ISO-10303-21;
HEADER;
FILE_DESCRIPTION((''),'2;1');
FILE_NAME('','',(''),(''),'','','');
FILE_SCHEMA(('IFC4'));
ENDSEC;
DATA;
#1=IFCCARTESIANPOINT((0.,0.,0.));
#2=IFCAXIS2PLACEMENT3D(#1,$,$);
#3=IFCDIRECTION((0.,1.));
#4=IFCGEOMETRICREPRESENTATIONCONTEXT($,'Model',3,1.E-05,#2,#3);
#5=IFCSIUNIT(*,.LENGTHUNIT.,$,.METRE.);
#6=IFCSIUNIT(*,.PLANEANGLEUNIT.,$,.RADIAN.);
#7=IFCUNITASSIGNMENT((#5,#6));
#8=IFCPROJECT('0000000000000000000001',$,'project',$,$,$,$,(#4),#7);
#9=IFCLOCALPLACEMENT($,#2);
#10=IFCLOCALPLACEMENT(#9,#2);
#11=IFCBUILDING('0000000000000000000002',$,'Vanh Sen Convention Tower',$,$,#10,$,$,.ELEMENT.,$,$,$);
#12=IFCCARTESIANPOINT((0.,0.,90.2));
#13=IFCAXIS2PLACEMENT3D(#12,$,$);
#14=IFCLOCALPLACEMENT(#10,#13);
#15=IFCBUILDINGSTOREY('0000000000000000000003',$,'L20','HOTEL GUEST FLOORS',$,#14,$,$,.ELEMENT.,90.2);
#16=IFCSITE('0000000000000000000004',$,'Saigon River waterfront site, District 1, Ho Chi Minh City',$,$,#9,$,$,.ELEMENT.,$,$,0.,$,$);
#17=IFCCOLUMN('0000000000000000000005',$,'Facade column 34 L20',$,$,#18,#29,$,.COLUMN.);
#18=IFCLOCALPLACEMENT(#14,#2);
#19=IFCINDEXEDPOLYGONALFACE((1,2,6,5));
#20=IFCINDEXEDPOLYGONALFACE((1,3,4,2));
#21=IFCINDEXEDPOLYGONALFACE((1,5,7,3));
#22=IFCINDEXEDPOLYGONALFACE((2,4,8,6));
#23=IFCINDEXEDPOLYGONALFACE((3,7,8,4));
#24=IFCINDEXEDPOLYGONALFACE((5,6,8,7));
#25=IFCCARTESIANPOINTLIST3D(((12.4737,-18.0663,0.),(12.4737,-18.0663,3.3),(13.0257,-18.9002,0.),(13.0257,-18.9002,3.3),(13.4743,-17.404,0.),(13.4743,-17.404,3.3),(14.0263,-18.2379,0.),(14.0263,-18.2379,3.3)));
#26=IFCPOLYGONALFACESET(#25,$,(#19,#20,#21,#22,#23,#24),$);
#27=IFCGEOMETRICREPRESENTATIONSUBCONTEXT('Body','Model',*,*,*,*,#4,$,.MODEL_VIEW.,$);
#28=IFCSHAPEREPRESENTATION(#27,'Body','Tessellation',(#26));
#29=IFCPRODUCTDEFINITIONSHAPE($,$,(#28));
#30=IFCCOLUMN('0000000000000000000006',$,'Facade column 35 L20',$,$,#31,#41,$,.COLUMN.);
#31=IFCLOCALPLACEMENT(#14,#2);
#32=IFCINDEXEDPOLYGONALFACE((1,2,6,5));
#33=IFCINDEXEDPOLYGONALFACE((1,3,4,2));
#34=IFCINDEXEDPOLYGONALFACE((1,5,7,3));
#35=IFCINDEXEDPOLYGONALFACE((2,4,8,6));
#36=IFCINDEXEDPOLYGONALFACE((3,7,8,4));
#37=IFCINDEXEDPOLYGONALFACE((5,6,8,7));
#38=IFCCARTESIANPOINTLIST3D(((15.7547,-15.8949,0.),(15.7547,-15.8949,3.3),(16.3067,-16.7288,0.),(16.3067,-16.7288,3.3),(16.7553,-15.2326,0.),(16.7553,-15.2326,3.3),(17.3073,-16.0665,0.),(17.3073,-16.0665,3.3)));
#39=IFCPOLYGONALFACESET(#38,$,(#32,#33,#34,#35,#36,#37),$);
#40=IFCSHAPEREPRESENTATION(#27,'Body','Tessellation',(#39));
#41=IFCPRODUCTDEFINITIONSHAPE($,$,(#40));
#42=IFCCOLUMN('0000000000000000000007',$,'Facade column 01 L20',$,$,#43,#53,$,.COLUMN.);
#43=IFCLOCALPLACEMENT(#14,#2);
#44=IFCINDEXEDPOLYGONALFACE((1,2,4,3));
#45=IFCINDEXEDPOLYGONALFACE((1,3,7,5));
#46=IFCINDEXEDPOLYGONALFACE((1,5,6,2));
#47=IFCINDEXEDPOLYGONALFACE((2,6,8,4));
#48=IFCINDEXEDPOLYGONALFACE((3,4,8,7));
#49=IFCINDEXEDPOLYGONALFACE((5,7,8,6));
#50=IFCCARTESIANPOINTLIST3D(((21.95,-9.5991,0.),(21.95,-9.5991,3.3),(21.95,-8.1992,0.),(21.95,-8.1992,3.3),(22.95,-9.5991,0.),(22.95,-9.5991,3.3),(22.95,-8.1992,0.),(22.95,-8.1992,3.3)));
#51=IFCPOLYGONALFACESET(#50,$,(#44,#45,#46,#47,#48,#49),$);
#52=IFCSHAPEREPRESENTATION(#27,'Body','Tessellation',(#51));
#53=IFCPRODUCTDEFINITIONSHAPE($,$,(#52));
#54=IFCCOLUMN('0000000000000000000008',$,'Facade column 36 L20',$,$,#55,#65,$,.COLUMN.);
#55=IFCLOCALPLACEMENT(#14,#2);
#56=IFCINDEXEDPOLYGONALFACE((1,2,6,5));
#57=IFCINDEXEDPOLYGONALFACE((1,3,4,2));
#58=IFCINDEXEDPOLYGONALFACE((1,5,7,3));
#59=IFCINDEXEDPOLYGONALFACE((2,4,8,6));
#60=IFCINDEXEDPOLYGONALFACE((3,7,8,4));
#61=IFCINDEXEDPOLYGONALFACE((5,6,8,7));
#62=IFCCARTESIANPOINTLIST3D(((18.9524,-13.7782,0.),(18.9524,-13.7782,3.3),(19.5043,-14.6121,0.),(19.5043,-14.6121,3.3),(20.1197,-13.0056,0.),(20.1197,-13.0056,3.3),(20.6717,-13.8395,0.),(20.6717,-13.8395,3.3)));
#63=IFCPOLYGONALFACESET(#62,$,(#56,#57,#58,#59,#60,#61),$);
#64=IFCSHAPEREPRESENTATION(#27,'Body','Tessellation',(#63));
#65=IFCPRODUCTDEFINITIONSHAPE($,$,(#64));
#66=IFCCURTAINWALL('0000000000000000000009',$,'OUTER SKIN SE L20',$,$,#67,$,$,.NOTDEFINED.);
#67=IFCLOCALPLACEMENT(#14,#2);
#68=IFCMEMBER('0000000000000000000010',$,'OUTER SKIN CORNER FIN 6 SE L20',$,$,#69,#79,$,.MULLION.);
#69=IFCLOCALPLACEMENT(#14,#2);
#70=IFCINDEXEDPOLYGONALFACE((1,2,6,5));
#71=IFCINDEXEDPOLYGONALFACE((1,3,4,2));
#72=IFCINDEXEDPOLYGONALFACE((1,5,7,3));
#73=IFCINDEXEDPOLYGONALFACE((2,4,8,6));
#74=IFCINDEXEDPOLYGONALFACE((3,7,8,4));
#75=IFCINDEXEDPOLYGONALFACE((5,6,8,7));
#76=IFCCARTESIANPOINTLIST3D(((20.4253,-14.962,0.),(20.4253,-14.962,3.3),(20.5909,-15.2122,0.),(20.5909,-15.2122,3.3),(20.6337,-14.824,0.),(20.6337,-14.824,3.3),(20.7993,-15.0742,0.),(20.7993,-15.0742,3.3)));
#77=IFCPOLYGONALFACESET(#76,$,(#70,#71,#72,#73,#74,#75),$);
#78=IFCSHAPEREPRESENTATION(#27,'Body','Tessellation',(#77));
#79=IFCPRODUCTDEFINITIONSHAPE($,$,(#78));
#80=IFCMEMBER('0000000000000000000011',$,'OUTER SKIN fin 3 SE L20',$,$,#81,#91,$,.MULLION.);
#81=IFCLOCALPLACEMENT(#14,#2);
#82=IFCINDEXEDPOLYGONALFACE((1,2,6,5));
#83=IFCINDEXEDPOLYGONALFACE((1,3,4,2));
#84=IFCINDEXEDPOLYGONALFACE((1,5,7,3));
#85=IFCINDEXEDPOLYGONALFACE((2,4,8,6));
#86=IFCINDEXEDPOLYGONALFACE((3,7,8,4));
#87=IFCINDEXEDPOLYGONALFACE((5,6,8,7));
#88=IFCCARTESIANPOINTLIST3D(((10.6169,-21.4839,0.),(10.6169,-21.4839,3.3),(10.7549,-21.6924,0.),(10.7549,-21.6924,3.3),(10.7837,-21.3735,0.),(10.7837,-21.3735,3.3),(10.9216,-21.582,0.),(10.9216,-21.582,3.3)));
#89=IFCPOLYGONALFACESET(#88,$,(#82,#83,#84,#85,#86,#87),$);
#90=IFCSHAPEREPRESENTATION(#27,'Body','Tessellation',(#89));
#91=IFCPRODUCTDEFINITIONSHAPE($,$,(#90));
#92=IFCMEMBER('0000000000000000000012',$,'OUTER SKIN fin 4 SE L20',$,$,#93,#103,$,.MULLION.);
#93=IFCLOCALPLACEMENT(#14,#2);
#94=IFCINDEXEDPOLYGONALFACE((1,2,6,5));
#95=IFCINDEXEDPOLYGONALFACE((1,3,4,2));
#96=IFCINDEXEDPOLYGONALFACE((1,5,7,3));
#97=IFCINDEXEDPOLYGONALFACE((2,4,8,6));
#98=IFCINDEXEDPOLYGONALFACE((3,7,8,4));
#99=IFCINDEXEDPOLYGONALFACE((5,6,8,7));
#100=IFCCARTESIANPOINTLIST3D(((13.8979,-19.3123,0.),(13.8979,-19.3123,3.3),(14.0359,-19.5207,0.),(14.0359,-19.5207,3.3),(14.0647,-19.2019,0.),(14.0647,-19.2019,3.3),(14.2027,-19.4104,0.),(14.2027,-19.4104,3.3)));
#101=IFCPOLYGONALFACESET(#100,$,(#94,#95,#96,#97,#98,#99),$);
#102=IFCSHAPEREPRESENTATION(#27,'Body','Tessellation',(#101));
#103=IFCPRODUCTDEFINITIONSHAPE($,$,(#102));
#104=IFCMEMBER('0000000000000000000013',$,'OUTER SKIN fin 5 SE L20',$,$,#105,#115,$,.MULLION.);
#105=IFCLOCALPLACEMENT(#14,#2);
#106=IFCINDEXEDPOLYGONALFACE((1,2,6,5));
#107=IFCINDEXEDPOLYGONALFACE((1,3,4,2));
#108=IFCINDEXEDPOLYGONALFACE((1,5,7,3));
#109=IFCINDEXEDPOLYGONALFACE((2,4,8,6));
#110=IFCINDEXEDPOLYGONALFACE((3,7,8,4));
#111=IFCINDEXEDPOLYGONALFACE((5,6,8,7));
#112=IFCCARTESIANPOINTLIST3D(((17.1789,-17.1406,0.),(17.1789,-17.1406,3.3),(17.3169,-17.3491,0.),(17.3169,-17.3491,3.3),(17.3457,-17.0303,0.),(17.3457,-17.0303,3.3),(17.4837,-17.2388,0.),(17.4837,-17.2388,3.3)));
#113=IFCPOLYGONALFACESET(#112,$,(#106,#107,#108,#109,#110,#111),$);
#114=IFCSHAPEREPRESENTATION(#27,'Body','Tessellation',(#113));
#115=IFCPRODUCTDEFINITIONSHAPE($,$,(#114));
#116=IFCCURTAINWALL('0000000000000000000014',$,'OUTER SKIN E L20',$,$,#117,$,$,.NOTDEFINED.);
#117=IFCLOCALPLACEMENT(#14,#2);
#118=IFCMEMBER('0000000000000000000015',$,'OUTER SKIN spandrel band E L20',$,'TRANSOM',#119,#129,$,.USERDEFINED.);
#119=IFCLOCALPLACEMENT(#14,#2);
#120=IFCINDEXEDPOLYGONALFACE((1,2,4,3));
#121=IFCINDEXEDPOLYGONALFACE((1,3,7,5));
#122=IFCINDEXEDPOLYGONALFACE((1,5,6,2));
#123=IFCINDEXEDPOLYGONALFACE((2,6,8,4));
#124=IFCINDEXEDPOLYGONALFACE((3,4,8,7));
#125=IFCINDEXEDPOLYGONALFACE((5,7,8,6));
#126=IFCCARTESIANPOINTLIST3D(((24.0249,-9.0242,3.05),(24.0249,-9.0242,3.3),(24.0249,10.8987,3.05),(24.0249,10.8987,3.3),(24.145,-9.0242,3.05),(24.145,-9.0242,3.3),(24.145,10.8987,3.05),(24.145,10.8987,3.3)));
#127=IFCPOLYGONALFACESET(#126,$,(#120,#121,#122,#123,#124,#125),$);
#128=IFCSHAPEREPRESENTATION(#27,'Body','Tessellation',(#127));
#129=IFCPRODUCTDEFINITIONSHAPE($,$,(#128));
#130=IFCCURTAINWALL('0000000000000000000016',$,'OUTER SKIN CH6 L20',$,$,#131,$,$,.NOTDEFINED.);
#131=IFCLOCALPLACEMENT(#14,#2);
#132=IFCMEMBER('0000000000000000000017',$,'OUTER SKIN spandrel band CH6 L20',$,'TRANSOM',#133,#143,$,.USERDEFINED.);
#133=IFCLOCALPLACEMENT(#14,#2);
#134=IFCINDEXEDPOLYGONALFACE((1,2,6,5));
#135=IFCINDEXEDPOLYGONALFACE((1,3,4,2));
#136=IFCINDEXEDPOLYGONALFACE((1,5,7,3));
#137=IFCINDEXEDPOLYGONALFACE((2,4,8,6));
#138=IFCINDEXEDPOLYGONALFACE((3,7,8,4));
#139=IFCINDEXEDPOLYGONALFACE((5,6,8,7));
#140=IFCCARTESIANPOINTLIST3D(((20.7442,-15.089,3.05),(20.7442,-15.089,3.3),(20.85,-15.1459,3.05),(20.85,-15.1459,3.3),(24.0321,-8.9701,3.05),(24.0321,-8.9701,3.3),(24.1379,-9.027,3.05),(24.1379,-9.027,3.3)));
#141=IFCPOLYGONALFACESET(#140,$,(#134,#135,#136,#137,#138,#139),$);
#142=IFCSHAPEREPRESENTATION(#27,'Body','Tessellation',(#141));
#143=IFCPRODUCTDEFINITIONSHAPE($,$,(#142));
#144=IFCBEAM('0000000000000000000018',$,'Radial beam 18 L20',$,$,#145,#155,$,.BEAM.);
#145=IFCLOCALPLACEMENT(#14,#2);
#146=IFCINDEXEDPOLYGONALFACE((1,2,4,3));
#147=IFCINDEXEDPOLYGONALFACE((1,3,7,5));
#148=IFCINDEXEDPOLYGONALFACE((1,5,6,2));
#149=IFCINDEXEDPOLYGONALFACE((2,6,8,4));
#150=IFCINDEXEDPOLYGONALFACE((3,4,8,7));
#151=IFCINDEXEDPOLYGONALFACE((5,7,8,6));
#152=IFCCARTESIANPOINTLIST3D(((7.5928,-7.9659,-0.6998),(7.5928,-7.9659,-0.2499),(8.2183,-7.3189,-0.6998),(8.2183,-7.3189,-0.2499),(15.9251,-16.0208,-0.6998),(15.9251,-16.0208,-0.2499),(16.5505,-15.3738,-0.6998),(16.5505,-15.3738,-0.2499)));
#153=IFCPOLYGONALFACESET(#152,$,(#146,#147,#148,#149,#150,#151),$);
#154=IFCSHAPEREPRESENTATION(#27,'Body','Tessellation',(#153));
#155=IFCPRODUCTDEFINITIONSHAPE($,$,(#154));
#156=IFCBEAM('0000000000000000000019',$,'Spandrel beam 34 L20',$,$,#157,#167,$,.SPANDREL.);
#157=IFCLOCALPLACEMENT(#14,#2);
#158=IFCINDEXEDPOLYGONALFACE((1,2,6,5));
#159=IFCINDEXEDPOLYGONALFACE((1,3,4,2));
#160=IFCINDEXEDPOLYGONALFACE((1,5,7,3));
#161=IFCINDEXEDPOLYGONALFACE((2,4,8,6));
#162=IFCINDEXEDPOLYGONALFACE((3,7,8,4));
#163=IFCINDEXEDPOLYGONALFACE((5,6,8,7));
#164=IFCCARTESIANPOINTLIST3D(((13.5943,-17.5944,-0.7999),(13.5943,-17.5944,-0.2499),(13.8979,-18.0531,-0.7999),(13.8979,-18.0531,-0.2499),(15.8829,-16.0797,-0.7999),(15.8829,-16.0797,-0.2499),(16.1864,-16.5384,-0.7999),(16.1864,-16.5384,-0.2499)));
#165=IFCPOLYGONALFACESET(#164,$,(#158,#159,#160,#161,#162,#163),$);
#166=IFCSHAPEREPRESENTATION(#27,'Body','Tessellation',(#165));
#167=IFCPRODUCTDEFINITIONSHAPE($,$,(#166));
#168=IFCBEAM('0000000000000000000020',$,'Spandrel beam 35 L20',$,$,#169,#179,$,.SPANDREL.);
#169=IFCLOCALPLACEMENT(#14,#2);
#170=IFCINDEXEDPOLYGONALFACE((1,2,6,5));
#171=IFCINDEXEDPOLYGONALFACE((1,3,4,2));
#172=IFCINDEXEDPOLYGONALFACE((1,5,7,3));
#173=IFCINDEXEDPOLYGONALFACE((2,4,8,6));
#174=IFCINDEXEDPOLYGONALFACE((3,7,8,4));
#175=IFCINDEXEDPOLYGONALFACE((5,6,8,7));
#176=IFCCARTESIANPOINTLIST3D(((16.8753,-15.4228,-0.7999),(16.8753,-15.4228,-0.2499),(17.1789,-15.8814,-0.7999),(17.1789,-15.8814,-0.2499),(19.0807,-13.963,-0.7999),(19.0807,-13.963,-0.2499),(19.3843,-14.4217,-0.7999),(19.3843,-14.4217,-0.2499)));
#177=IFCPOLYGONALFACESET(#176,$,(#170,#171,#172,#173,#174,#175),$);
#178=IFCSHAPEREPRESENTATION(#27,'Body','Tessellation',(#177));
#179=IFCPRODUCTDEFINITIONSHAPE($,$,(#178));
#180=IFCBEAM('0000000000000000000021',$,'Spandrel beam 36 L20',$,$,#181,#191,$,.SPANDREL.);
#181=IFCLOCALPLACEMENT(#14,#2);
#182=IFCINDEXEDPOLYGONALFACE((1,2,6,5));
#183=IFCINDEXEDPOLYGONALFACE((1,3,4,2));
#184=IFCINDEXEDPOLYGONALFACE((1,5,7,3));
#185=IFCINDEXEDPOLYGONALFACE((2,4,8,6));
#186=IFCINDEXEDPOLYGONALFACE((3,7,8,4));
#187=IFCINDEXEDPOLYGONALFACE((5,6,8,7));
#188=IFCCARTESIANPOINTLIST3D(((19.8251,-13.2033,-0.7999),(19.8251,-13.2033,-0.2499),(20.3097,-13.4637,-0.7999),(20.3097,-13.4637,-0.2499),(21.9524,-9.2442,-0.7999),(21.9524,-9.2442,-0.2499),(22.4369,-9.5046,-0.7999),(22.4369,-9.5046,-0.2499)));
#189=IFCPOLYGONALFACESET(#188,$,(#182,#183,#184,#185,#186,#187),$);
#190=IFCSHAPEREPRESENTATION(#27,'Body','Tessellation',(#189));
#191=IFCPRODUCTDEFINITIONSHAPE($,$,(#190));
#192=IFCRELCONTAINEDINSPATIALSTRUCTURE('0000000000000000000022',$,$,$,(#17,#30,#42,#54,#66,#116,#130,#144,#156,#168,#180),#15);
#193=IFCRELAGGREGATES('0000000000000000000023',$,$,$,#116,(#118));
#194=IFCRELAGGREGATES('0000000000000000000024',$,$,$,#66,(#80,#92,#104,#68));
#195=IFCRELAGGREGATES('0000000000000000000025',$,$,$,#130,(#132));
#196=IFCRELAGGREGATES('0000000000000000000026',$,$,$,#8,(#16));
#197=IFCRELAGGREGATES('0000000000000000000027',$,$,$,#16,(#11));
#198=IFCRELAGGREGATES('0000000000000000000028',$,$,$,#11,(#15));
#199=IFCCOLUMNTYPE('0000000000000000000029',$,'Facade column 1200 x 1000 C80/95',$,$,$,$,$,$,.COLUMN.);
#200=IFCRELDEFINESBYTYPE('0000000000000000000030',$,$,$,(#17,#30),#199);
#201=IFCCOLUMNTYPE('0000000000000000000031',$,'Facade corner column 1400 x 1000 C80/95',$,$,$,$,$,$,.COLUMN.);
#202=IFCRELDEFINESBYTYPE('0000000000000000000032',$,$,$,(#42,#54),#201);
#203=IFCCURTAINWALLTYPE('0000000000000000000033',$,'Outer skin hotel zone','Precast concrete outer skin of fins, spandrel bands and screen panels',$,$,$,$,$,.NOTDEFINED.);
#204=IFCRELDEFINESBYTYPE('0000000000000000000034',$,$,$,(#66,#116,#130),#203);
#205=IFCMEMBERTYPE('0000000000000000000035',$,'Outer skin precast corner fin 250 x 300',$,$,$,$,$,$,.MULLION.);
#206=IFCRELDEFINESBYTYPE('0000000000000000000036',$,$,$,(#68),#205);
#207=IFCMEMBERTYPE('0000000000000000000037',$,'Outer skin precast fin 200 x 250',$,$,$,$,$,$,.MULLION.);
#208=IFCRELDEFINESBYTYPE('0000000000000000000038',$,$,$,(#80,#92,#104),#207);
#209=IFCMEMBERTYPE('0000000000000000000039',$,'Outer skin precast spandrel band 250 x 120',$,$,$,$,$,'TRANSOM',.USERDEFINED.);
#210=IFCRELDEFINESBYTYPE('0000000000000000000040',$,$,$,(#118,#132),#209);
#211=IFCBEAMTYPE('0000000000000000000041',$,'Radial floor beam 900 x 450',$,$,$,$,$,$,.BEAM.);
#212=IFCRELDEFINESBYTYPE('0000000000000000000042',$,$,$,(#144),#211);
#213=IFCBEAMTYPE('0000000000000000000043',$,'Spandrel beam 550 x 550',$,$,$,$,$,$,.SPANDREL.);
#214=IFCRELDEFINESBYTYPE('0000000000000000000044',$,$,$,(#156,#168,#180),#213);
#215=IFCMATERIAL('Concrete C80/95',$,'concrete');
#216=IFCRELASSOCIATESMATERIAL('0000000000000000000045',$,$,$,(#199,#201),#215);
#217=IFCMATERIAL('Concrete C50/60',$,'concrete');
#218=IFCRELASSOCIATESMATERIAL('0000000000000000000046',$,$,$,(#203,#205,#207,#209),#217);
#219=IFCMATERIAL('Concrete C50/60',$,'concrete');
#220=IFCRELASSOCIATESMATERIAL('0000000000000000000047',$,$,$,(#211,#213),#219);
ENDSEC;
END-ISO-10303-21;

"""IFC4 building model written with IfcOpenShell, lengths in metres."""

from ifc_helpers import new_model, si_unit, direction, frame, origin, origin_2d, place, context, subcontext, project, spatial, rectangle, extrude, material, material_profile, profile_set, type_object, element, aggregate, save


model = new_model("IFC4")

# Units and contexts
model_context = context("Model", 3, precision=1e-05, world=origin(), true_north=direction((0.0, 1.0)))
body_context = subcontext(model_context, "Body", "Model", "MODEL_VIEW")
ifc_project = project(units=[si_unit("LENGTHUNIT", "METRE"), si_unit("PLANEANGLEUNIT", "RADIAN")], contexts=[model_context])

# Site, building, storey
site_placement = place(None, origin())
site = spatial("IfcSite", under=ifc_project, at=site_placement, Name="Saigon River waterfront site, District 1, Ho Chi Minh City", CompositionType="ELEMENT", RefElevation=0.0)
building_placement = place(site_placement, origin())
building = spatial("IfcBuilding", under=site, at=building_placement, Name="Vanh Sen Convention Tower", CompositionType="ELEMENT")
storey_placement = place(building_placement, frame((0.0, 0.0, 90.2)))
storey = spatial("IfcBuildingStorey", under=building, at=storey_placement, Name="L20", Description="HOTEL GUEST FLOORS", CompositionType="ELEMENT", Elevation=90.2)

# Columns
ifc_material_1 = material(Name="Concrete C80/95", Category="concrete")
ifc_material_profile_1 = material_profile(ifc_material_1, rectangle(XDim=1.2, YDim=1.0, at=origin_2d()), Name="RC 1200X1000")
ifc_profile_set_1 = profile_set([ifc_material_profile_1], Name="Concrete C80/95")
column_type_1 = type_object("IfcColumnType", Name="Facade column 1200 x 1000 C80/95", PredefinedType="COLUMN", material=ifc_profile_set_1)
for number, where, z_axis, x_axis, name in (
    (1, (13.25, -18.1521, 0.0), (0.0, 0.0, 1.0), (0.833886, 0.551937, 0.0), "Facade column 34 L20"),
    (2, (16.531, -15.9807, 0.0), (0.0, 0.0, 1.0), (0.833886, 0.551937, 0.0), "Facade column 35 L20"),
):
    element("IfcColumn", number, at=place(storey_placement, frame(where, z_axis=z_axis, x_axis=x_axis)), inside=storey, type_object=column_type_1, Name=name, PredefinedType="COLUMN", context=body_context, shape_type="SweptSolid", body=[
        extrude(rectangle(XDim=1.2, YDim=1.0, at=origin_2d()), origin(), (0.0, 0.0, 1.0), 3.3),
    ])
ifc_material_profile_2 = material_profile(ifc_material_1, rectangle(XDim=1.3999, YDim=1.0, at=origin_2d()), Name="RC 1400X1000")
ifc_profile_set_2 = profile_set([ifc_material_profile_2], Name="Concrete C80/95")
column_type_2 = type_object("IfcColumnType", Name="Facade corner column 1400 x 1000 C80/95", PredefinedType="COLUMN", material=ifc_profile_set_2)
for number, where, z_axis, x_axis, name in (
    (3, (22.45, -8.8992, 0.0), (0.0, 0.0, 1.0), (0.0, 1.0, 0.0), "Facade column 01 L20"),
    (4, (19.812, -13.8088, 0.0), (0.0, 0.0, 1.0), (0.833886, 0.551937, 0.0), "Facade column 36 L20"),
):
    element("IfcColumn", number, at=place(storey_placement, frame(where, z_axis=z_axis, x_axis=x_axis)), inside=storey, type_object=column_type_2, Name=name, PredefinedType="COLUMN", context=body_context, shape_type="SweptSolid", body=[
        extrude(rectangle(XDim=1.3999, YDim=1.0, at=origin_2d()), origin(), (0.0, 0.0, 1.0), 3.3),
    ])

# Curtain wall, members
ifc_material_2 = material(Name="Concrete C50/60", Category="concrete")
curtain_wall_type = type_object("IfcCurtainWallType", Name="Outer skin hotel zone", Description="Precast concrete outer skin of fins, spandrel bands and screen panels", PredefinedType="NOTDEFINED", material=ifc_material_2)
curtain_wall_1_placement = place(storey_placement, origin())
curtain_wall_1 = element("IfcCurtainWall", 5, at=curtain_wall_1_placement, inside=storey, type_object=curtain_wall_type, Name="OUTER SKIN SE L20", PredefinedType="NOTDEFINED")
ifc_material_profile_3 = material_profile(ifc_material_2, rectangle(XDim=0.25, YDim=0.3, at=origin_2d()), Name="Outer skin precast corner fin 250 x 300")
ifc_profile_set_3 = profile_set([ifc_material_profile_3], Name="Concrete C50/60")
member_type_1 = type_object("IfcMemberType", Name="Outer skin precast corner fin 250 x 300", PredefinedType="MULLION", material=ifc_profile_set_3)
member_1_placement = place(storey_placement, frame((20.6123, -15.0181, 0.0), z_axis=(0.0, 0.0, 1.0), x_axis=(0.833886, 0.551937, 0.0)))
member_1 = element("IfcMember", 6, at=member_1_placement, type_object=member_type_1, Name="OUTER SKIN CORNER FIN 6 SE L20", PredefinedType="MULLION", context=body_context, shape_type="SweptSolid", body=[
    extrude(rectangle(XDim=0.25, YDim=0.3, at=origin_2d()), origin(), (0.0, 0.0, 1.0), 3.3),
])
ifc_material_profile_4 = material_profile(ifc_material_2, rectangle(XDim=0.2, YDim=0.25, at=origin_2d()), Name="Outer skin precast fin 200 x 250")
ifc_profile_set_4 = profile_set([ifc_material_profile_4], Name="Concrete C50/60")
member_type_2 = type_object("IfcMemberType", Name="Outer skin precast fin 200 x 250", PredefinedType="MULLION", material=ifc_profile_set_4)
member_2_placement = place(storey_placement, frame((10.7693, -21.533, 0.0), z_axis=(0.0, 0.0, 1.0), x_axis=(0.833886, 0.551937, 0.0)))
member_2 = element("IfcMember", 7, at=member_2_placement, type_object=member_type_2, Name="OUTER SKIN fin 3 SE L20", PredefinedType="MULLION", context=body_context, shape_type="SweptSolid", body=[
    extrude(rectangle(XDim=0.2, YDim=0.25, at=origin_2d()), origin(), (0.0, 0.0, 1.0), 3.3),
])
member_3_placement = place(storey_placement, frame((14.0503, -19.3613, 0.0), z_axis=(0.0, 0.0, 1.0), x_axis=(0.833886, 0.551937, 0.0)))
member_3 = element("IfcMember", 8, at=member_3_placement, type_object=member_type_2, Name="OUTER SKIN fin 4 SE L20", PredefinedType="MULLION", context=body_context, shape_type="SweptSolid", body=[
    extrude(rectangle(XDim=0.2, YDim=0.25, at=origin_2d()), origin(), (0.0, 0.0, 1.0), 3.3),
])
member_4_placement = place(storey_placement, frame((17.3313, -17.1897, 0.0), z_axis=(0.0, 0.0, 1.0), x_axis=(0.833886, 0.551937, 0.0)))
member_4 = element("IfcMember", 9, at=member_4_placement, type_object=member_type_2, Name="OUTER SKIN fin 5 SE L20", PredefinedType="MULLION", context=body_context, shape_type="SweptSolid", body=[
    extrude(rectangle(XDim=0.2, YDim=0.25, at=origin_2d()), origin(), (0.0, 0.0, 1.0), 3.3),
])

# Curtain walls, members
curtain_wall_2_placement = place(storey_placement, origin())
curtain_wall_2 = element("IfcCurtainWall", 10, at=curtain_wall_2_placement, inside=storey, type_object=curtain_wall_type, Name="OUTER SKIN E L20", PredefinedType="NOTDEFINED")
ifc_material_profile_5 = material_profile(ifc_material_2, rectangle(XDim=0.1201, YDim=0.25, at=origin_2d()), Name="Outer skin precast spandrel band 250 x 120")
ifc_profile_set_5 = profile_set([ifc_material_profile_5], Name="Concrete C50/60")
member_type_3 = type_object("IfcMemberType", Name="Outer skin precast spandrel band 250 x 120", ElementType="TRANSOM", PredefinedType="USERDEFINED", material=ifc_profile_set_5)
member_5_placement = place(storey_placement, frame((24.085, -9.0242, 3.175), z_axis=(0.0, 1.0, 0.0), x_axis=(-1.0, 0.0, 0.0)))
member_5 = element("IfcMember", 11, at=member_5_placement, type_object=member_type_3, Name="OUTER SKIN spandrel band E L20", ObjectType="TRANSOM", PredefinedType="USERDEFINED", context=body_context, shape_type="SweptSolid", body=[
    extrude(rectangle(XDim=0.1201, YDim=0.25, at=origin_2d()), origin(), (0.0, 0.0, 1.0), 19.9229),
])
aggregate(curtain_wall_2, [member_5])
curtain_wall_3_placement = place(storey_placement, origin())
curtain_wall_3 = element("IfcCurtainWall", 12, at=curtain_wall_3_placement, inside=storey, type_object=curtain_wall_type, Name="OUTER SKIN CH6 L20", PredefinedType="NOTDEFINED")
member_6_placement = place(storey_placement, frame((20.7971, -15.1174, 3.175), z_axis=(0.473324, 0.880888, 0.0), x_axis=(-0.880888, 0.473324, 0.0)))
member_6 = element("IfcMember", 13, at=member_6_placement, type_object=member_type_3, Name="OUTER SKIN spandrel band CH6 L20", ObjectType="TRANSOM", PredefinedType="USERDEFINED", context=body_context, shape_type="SweptSolid", body=[
    extrude(rectangle(XDim=0.1201, YDim=0.25, at=origin_2d()), origin(), (0.0, 0.0, 1.0), 6.9463),
])

# Beams
ifc_material_3 = material(Name="Concrete C50/60", Category="concrete")
ifc_material_profile_6 = material_profile(ifc_material_3, rectangle(XDim=0.8999, YDim=0.45, at=origin_2d()), Name="RC 900X450")
ifc_profile_set_6 = profile_set([ifc_material_profile_6], Name="Concrete C50/60")
beam_type_1 = type_object("IfcBeamType", Name="Radial floor beam 900 x 450", PredefinedType="BEAM", material=ifc_profile_set_6)
beam_1_placement = place(storey_placement, frame((16.2378, -15.6973, -0.4749), z_axis=(-0.718971, 0.69504, 0.0), x_axis=(-0.69504, -0.718971, 0.0)))
element("IfcBeam", 14, at=beam_1_placement, inside=storey, type_object=beam_type_1, Name="Radial beam 18 L20", PredefinedType="BEAM", context=body_context, shape_type="SweptSolid", body=[
    extrude(rectangle(XDim=0.8999, YDim=0.45, at=origin_2d()), origin(), (0.0, 0.0, 1.0), 11.5891),
])
ifc_material_profile_7 = material_profile(ifc_material_3, rectangle(XDim=0.55, YDim=0.55, at=origin_2d()), Name="RC 550X550")
ifc_profile_set_7 = profile_set([ifc_material_profile_7], Name="Concrete C50/60")
beam_type_2 = type_object("IfcBeamType", Name="Spandrel beam 550 x 550", PredefinedType="SPANDREL", material=ifc_profile_set_7)
beam_2_placement = place(storey_placement, frame((13.7461, -17.8237, -0.5249), z_axis=(0.833907, 0.551905, 0.0), x_axis=(-0.551905, 0.833907, 0.0)))
element("IfcBeam", 15, at=beam_2_placement, inside=storey, type_object=beam_type_2, Name="Spandrel beam 34 L20", PredefinedType="SPANDREL", context=body_context, shape_type="SweptSolid", body=[
    extrude(rectangle(XDim=0.55, YDim=0.55, at=origin_2d()), origin(), (0.0, 0.0, 1.0), 2.7444),
])
beam_3_placement = place(storey_placement, frame((17.0271, -15.6521, -0.5249), z_axis=(0.833878, 0.551949, 0.0), x_axis=(-0.551949, 0.833878, 0.0)))
element("IfcBeam", 16, at=beam_3_placement, inside=storey, type_object=beam_type_2, Name="Spandrel beam 35 L20", PredefinedType="SPANDREL", context=body_context, shape_type="SweptSolid", body=[
    extrude(rectangle(XDim=0.55, YDim=0.55, at=origin_2d()), origin(), (0.0, 0.0, 1.0), 2.6448),
])
beam_4_placement = place(storey_placement, frame((20.0674, -13.3335, -0.5249), z_axis=(0.473312, 0.880895, 0.0), x_axis=(-0.880895, 0.473312, 0.0)))
element("IfcBeam", 17, at=beam_4_placement, inside=storey, type_object=beam_type_2, Name="Spandrel beam 36 L20", PredefinedType="SPANDREL", context=body_context, shape_type="SweptSolid", body=[
    extrude(rectangle(XDim=0.55, YDim=0.55, at=origin_2d()), origin(), (0.0, 0.0, 1.0), 4.4944),
])

aggregate(curtain_wall_1, [member_2, member_3, member_4, member_1])
aggregate(curtain_wall_3, [member_6])

save(model, "model.ifc")
